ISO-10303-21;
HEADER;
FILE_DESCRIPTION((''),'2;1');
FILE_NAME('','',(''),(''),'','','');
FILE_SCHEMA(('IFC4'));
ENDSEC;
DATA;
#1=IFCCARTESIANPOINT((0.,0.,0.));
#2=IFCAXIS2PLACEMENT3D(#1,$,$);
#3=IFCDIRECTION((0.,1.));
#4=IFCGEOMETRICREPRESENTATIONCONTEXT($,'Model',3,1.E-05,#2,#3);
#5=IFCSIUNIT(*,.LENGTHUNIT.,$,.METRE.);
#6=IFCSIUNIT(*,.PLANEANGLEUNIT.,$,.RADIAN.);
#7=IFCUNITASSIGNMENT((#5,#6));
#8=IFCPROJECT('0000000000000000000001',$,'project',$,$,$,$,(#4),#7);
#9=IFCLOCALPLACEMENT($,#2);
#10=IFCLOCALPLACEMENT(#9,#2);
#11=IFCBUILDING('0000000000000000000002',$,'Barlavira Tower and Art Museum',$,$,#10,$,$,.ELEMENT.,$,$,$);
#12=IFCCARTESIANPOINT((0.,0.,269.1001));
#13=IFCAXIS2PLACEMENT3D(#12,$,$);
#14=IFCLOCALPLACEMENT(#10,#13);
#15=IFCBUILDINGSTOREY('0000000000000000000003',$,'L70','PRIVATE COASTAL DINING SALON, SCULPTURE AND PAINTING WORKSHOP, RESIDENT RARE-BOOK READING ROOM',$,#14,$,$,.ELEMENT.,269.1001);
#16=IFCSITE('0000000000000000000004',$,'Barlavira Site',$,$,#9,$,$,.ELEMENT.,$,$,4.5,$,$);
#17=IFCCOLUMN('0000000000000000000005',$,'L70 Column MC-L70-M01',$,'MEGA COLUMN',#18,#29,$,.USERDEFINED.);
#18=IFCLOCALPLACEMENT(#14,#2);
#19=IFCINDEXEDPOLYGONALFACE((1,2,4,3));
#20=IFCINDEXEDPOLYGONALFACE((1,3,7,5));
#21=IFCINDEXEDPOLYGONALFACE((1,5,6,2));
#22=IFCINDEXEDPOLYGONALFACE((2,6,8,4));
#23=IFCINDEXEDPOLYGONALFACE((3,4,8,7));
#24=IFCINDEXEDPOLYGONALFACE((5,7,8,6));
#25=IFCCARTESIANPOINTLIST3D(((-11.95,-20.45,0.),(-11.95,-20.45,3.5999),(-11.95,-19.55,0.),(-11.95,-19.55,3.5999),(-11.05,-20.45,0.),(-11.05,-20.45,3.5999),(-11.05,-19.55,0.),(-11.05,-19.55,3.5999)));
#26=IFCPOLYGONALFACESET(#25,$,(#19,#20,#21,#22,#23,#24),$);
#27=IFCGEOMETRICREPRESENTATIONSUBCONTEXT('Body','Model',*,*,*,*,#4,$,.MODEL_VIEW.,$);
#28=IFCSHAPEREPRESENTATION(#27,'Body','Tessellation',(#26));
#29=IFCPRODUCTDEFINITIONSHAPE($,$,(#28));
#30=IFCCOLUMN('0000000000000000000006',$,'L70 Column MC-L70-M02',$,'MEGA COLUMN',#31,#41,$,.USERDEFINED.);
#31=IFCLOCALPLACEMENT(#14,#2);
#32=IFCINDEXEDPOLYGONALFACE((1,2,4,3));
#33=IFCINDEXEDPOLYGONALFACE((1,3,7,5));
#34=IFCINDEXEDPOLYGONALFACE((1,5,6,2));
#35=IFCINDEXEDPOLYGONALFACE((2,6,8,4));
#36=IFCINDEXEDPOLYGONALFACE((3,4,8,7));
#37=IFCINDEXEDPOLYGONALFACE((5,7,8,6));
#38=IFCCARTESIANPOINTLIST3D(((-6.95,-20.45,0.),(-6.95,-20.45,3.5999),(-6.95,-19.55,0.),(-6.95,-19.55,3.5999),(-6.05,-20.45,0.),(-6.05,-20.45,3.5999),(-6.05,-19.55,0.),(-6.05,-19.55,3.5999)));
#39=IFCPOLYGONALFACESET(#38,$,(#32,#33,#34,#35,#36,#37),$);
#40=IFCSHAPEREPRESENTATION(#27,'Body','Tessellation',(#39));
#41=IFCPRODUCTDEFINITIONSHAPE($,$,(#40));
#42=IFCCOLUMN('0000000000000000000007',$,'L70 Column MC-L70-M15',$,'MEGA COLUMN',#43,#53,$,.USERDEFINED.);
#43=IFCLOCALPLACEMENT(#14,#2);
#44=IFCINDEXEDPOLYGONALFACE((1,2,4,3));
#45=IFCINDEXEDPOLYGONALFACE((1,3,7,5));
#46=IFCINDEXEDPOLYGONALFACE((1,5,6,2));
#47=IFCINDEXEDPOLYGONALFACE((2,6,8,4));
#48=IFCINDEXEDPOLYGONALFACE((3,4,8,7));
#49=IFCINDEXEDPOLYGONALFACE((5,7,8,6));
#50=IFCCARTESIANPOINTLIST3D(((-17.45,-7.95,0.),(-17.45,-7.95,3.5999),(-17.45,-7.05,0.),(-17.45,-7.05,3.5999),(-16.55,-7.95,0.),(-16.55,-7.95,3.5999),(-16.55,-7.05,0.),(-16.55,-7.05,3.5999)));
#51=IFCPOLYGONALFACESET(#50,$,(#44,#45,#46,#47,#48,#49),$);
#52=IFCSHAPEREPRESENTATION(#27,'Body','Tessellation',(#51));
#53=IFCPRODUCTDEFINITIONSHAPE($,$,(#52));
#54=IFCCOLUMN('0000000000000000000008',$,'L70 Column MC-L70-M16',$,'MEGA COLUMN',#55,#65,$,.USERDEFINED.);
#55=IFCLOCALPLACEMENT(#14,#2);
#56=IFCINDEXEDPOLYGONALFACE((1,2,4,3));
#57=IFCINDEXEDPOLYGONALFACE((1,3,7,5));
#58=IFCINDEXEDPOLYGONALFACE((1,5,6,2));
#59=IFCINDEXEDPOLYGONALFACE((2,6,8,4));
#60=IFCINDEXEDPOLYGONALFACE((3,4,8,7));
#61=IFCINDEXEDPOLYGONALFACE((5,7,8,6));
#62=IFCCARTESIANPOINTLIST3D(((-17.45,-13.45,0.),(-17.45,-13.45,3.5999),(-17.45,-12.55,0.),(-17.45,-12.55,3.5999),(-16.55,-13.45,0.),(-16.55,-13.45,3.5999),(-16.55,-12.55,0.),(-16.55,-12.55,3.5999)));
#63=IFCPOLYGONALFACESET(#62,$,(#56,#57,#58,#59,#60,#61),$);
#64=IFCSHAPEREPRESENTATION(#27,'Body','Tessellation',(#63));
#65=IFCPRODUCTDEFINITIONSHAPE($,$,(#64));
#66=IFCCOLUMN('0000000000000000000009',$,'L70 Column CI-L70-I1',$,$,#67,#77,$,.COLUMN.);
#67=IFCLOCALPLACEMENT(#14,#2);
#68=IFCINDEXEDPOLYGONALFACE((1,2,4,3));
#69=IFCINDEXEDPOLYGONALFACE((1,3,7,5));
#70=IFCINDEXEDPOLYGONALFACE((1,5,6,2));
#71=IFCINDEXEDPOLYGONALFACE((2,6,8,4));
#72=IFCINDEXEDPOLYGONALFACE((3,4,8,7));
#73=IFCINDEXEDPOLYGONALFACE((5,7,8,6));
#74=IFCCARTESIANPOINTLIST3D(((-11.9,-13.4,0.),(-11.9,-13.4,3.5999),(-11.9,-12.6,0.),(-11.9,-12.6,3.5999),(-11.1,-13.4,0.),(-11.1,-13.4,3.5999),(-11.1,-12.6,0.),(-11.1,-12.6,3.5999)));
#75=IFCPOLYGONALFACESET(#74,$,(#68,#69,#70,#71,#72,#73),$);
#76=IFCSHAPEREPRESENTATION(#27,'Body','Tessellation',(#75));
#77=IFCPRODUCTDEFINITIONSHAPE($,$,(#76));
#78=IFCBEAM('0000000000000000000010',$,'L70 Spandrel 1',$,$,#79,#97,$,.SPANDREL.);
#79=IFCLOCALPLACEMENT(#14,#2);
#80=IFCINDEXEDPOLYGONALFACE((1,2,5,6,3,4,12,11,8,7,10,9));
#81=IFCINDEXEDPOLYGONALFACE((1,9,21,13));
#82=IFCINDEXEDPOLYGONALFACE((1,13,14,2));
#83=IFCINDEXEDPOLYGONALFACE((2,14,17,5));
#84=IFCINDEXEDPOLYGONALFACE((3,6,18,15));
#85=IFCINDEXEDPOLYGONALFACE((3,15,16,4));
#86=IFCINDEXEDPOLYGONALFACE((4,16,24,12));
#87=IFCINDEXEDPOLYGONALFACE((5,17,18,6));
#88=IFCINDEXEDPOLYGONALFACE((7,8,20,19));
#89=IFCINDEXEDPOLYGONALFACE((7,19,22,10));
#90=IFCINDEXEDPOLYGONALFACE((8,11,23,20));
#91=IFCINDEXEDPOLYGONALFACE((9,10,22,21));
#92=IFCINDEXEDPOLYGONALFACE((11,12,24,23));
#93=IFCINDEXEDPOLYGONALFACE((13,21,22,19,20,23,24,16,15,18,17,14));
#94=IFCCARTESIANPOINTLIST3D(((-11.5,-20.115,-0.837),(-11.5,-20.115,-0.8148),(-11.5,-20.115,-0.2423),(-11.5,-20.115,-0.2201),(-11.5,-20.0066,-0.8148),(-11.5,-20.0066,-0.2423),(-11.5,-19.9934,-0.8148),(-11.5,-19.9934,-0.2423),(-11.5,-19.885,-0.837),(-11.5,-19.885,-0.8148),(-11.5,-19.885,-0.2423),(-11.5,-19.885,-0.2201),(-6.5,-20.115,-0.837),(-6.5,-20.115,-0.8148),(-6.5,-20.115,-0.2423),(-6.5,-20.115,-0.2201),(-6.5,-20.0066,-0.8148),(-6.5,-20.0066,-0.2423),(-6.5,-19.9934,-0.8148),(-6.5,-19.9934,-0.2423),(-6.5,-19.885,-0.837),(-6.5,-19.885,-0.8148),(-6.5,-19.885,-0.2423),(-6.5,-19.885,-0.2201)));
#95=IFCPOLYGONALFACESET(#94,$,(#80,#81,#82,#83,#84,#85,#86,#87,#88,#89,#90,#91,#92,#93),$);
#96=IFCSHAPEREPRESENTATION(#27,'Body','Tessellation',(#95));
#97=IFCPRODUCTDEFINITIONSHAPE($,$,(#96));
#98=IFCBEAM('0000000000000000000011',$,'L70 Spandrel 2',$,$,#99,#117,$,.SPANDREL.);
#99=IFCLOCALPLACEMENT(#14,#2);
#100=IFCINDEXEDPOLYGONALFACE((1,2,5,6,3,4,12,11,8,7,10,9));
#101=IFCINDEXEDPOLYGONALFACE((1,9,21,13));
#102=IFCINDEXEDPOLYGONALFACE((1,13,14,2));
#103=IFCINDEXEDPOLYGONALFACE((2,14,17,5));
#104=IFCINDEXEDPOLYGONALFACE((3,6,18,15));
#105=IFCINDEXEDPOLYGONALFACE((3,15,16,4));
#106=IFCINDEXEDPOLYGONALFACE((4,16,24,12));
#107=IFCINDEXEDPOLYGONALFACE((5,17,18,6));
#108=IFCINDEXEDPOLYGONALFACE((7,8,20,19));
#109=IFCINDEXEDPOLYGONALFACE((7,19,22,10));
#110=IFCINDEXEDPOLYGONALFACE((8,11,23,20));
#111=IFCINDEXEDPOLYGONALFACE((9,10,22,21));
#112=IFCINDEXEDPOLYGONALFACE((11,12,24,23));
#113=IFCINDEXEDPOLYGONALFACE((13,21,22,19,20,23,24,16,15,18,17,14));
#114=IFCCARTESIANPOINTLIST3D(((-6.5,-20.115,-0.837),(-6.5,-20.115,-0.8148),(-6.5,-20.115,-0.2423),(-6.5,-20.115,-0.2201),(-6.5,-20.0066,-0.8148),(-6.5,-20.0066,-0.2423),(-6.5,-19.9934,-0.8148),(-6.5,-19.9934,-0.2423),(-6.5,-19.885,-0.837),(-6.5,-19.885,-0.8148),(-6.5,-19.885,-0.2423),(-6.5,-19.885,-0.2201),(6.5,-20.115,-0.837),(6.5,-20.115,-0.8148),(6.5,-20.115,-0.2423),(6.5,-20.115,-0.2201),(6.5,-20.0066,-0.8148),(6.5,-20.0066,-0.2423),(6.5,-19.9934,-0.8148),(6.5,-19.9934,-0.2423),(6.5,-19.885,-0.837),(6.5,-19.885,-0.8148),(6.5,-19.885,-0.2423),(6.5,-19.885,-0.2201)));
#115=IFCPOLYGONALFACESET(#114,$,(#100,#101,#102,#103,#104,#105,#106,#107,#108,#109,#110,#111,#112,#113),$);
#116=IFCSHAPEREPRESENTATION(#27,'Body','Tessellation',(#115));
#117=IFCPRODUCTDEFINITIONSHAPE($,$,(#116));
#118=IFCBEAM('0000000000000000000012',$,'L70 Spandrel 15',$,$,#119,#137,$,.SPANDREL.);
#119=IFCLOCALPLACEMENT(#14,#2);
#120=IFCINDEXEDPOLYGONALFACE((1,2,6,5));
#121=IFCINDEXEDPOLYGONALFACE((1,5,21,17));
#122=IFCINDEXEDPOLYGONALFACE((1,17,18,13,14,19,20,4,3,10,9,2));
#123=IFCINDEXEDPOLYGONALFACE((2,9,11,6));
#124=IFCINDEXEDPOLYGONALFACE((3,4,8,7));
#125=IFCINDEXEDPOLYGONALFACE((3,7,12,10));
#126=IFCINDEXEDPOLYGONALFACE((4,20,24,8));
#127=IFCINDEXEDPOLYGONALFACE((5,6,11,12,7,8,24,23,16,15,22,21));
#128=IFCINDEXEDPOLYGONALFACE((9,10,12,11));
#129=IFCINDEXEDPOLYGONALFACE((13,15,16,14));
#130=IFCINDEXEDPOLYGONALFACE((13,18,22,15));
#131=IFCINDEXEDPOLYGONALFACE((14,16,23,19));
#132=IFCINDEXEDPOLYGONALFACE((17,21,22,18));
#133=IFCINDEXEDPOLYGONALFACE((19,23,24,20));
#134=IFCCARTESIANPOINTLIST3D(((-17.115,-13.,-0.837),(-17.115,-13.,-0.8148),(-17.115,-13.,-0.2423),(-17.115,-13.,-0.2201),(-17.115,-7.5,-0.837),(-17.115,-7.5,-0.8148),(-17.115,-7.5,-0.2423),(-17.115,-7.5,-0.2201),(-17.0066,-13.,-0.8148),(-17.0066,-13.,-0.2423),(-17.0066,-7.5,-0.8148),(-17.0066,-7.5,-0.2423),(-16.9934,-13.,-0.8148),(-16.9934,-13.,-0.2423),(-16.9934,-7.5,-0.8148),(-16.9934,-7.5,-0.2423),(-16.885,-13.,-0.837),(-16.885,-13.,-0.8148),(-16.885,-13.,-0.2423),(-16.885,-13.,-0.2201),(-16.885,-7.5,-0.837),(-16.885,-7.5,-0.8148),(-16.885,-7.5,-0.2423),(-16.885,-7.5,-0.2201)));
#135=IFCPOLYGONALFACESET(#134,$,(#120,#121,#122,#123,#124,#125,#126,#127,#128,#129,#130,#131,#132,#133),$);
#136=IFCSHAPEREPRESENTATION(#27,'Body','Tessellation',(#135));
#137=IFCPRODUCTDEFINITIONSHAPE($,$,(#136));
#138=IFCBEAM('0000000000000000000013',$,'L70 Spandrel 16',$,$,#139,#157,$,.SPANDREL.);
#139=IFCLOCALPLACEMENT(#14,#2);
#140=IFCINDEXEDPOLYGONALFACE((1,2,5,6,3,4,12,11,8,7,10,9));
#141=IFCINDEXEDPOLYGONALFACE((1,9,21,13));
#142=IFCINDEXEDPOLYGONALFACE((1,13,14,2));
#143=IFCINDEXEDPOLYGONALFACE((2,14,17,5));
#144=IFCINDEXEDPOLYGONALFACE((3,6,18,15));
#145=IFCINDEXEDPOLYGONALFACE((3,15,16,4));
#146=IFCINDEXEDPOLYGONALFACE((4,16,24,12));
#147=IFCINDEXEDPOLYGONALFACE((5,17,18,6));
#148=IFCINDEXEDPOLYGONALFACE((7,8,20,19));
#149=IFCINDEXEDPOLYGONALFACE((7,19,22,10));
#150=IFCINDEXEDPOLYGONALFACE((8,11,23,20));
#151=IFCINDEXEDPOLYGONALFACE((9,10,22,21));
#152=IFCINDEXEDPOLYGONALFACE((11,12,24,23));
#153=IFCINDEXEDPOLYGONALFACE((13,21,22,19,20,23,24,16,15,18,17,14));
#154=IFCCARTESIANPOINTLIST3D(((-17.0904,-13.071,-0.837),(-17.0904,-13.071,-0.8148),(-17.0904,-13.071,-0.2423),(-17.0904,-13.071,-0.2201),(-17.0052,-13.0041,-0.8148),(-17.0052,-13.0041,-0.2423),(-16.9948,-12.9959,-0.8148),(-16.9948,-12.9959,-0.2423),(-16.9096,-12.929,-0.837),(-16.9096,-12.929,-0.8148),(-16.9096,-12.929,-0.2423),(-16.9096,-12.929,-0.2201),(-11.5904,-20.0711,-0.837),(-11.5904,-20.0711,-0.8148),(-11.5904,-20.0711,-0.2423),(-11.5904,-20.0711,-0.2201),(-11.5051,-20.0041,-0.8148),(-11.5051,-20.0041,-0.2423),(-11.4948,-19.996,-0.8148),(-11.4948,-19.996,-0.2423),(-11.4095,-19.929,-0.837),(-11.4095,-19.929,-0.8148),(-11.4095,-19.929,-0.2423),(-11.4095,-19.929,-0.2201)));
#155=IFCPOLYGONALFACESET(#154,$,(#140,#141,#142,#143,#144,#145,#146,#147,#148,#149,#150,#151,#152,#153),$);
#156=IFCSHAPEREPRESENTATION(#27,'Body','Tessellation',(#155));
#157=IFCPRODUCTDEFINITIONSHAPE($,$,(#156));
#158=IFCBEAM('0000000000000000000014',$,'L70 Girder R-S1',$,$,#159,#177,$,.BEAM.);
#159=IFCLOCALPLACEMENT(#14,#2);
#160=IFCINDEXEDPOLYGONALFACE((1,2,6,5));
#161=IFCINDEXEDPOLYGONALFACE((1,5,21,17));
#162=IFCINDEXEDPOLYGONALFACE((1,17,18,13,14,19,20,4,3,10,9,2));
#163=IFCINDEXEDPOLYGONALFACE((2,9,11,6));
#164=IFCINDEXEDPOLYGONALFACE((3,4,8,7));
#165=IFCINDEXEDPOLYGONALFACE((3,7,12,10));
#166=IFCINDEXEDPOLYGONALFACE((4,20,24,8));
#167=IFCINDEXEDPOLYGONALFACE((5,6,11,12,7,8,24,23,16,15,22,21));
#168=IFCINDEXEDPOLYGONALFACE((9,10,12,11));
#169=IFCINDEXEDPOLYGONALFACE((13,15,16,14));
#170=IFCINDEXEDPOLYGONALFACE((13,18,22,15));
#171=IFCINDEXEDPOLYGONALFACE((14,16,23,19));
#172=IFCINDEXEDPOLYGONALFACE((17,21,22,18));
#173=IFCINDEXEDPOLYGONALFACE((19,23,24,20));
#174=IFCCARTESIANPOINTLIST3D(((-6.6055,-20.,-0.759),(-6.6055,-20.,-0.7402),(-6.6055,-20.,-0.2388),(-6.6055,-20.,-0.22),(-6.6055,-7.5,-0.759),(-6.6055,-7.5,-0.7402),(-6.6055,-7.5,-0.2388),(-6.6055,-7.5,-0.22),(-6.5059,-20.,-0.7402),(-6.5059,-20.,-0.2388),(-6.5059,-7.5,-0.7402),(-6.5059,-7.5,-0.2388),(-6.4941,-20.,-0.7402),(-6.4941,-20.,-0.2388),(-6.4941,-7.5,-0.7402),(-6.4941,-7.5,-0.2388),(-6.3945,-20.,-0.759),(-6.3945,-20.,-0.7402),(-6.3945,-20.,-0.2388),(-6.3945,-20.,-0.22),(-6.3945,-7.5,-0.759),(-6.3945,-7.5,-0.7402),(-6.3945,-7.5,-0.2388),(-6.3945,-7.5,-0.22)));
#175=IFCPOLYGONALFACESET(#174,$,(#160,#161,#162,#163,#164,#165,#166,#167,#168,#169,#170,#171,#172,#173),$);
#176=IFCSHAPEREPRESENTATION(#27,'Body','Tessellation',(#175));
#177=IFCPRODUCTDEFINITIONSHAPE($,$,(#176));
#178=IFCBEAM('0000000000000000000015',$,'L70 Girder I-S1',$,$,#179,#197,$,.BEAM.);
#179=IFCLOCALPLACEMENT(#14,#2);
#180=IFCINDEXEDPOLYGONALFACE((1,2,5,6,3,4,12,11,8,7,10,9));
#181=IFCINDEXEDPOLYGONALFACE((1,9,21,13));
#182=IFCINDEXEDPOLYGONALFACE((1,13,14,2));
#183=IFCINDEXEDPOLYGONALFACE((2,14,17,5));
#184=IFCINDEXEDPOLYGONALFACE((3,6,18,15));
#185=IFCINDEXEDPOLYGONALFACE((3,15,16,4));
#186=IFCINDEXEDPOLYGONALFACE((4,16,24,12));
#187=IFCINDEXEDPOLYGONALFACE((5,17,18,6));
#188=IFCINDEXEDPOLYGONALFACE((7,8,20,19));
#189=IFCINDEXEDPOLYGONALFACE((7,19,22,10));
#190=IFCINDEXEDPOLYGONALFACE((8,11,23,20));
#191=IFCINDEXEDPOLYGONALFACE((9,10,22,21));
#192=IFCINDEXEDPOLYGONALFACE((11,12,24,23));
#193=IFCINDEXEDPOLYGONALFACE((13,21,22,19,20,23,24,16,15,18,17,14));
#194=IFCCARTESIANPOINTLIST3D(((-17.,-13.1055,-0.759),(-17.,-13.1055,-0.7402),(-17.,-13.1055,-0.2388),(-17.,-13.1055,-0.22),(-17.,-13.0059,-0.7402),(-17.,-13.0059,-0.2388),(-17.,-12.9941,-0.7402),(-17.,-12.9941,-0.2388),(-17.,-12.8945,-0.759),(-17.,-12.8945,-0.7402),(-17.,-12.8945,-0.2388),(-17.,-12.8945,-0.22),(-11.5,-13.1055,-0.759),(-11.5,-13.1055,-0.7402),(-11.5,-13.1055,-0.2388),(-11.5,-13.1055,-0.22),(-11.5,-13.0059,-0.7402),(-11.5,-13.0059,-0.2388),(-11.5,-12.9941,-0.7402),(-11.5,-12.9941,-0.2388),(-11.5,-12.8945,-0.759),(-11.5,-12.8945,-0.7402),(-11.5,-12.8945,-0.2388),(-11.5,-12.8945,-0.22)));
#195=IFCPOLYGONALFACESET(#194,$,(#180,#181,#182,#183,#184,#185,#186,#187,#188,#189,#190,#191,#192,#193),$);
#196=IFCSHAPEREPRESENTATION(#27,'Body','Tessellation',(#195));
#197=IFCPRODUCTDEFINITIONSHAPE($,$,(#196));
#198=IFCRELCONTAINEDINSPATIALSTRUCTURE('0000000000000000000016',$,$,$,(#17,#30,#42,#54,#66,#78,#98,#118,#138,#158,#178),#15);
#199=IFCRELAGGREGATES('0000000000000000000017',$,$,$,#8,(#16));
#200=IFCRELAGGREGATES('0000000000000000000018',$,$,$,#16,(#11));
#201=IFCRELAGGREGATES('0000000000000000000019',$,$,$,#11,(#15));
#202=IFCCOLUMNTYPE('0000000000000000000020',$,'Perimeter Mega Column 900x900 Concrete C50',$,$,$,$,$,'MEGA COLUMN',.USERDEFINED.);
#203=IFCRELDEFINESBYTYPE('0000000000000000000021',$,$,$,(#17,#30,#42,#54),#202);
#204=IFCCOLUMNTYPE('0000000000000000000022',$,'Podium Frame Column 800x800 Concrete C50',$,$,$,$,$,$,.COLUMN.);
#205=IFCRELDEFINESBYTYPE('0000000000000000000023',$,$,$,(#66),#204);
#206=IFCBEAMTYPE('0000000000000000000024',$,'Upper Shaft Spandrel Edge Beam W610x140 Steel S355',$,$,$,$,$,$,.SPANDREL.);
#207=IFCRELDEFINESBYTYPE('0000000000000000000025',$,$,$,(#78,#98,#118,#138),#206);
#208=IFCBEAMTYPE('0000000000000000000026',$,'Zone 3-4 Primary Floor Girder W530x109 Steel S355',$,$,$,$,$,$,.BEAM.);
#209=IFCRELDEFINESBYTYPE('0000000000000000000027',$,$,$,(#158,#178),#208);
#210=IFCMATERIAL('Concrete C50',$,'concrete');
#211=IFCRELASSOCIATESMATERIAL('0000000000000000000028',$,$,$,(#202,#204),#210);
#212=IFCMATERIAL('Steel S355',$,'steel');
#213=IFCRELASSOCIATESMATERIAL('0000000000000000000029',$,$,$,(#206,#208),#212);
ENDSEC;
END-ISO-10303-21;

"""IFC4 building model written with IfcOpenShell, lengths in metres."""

from ifc_helpers import new_model, si_unit, direction, frame, origin, origin_2d, place, context, subcontext, project, spatial, rectangle, i_section, extrude, material, material_profile, profile_set, type_object, element, save


model = new_model("IFC4")

# Units and contexts
model_context = context("Model", 3, precision=1e-05, world=origin(), true_north=direction((0.0, 1.0)))
body_context = subcontext(model_context, "Body", "Model", "MODEL_VIEW")
ifc_project = project(units=[si_unit("LENGTHUNIT", "METRE"), si_unit("PLANEANGLEUNIT", "RADIAN")], contexts=[model_context])

# Site, building, storey
site_placement = place(None, origin())
site = spatial("IfcSite", under=ifc_project, at=site_placement, Name="Barlavira Site", CompositionType="ELEMENT", RefElevation=4.5)
building_placement = place(site_placement, origin())
building = spatial("IfcBuilding", under=site, at=building_placement, Name="Barlavira Tower and Art Museum", CompositionType="ELEMENT")
storey_placement = place(building_placement, frame((0.0, 0.0, 269.1001)))
storey = spatial("IfcBuildingStorey", under=building, at=storey_placement, Name="L70", Description="PRIVATE COASTAL DINING SALON, SCULPTURE AND PAINTING WORKSHOP, RESIDENT RARE-BOOK READING ROOM", CompositionType="ELEMENT", Elevation=269.1001)

# Columns
ifc_material_1 = material(Name="Concrete C50", Category="concrete")
ifc_material_profile_1 = material_profile(ifc_material_1, rectangle(XDim=0.8999, YDim=0.8999, at=origin_2d()), Name="RC-COL 900x900")
ifc_profile_set_1 = profile_set([ifc_material_profile_1], Name="Concrete C50")
column_type_1 = type_object("IfcColumnType", Name="Perimeter Mega Column 900x900 Concrete C50", ElementType="MEGA COLUMN", PredefinedType="USERDEFINED", material=ifc_profile_set_1)
for number, where, z_axis, x_axis, name in (
    (1, (-11.5, -20.0, 0.0), (0.0, 0.0, 1.0), (1.0, 0.0, 0.0), "L70 Column MC-L70-M01"),
    (2, (-6.5, -20.0, 0.0), (0.0, 0.0, 1.0), (1.0, 0.0, 0.0), "L70 Column MC-L70-M02"),
    (3, (-17.0, -7.5, 0.0), (0.0, 0.0, 1.0), (1.0, 0.0, 0.0), "L70 Column MC-L70-M15"),
    (4, (-17.0, -13.0, 0.0), (0.0, 0.0, 1.0), (1.0, 0.0, 0.0), "L70 Column MC-L70-M16"),
):
    element("IfcColumn", number, at=place(storey_placement, frame(where, z_axis=z_axis, x_axis=x_axis)), inside=storey, type_object=column_type_1, Name=name, ObjectType="MEGA COLUMN", PredefinedType="USERDEFINED", context=body_context, shape_type="SweptSolid", body=[
        extrude(rectangle(XDim=0.8999, YDim=0.8999, at=origin_2d()), origin(), (0.0, 0.0, 1.0), 3.5999),
    ])
ifc_material_profile_2 = material_profile(ifc_material_1, rectangle(XDim=0.8, YDim=0.8, at=origin_2d()), Name="RC-COL 800x800")
ifc_profile_set_2 = profile_set([ifc_material_profile_2], Name="Concrete C50")
column_type_2 = type_object("IfcColumnType", Name="Podium Frame Column 800x800 Concrete C50", PredefinedType="COLUMN", material=ifc_profile_set_2)
column_placement = place(storey_placement, frame((-11.5, -13.0, 0.0), z_axis=(0.0, 0.0, 1.0), x_axis=(1.0, 0.0, 0.0)))
element("IfcColumn", 5, at=column_placement, inside=storey, type_object=column_type_2, Name="L70 Column CI-L70-I1", PredefinedType="COLUMN", context=body_context, shape_type="SweptSolid", body=[
    extrude(rectangle(XDim=0.8, YDim=0.8, at=origin_2d()), origin(), (0.0, 0.0, 1.0), 3.5999),
])

# Beams
ifc_material_2 = material(Name="Steel S355", Category="steel")
ifc_material_profile_3 = material_profile(ifc_material_2, i_section(OverallWidth=0.23, OverallDepth=0.6169, WebThickness=0.0132, FlangeThickness=0.0222, at=origin_2d()), Name="W610x140.0")
ifc_profile_set_3 = profile_set([ifc_material_profile_3], Name="Steel S355")
beam_type_1 = type_object("IfcBeamType", Name="Upper Shaft Spandrel Edge Beam W610x140 Steel S355", PredefinedType="SPANDREL", material=ifc_profile_set_3)
beam_1_placement = place(storey_placement, frame((-11.5, -20.0, -0.5286), z_axis=(1.0, 0.0, 0.0), x_axis=(0.0, 1.0, 0.0)))
element("IfcBeam", 6, at=beam_1_placement, inside=storey, type_object=beam_type_1, Name="L70 Spandrel 1", PredefinedType="SPANDREL", context=body_context, shape_type="SweptSolid", body=[
    extrude(i_section(OverallWidth=0.23, OverallDepth=0.6169, WebThickness=0.0132, FlangeThickness=0.0222, at=origin_2d()), origin(), (0.0, 0.0, 1.0), 5.0),
])
beam_2_placement = place(storey_placement, frame((-6.5, -20.0, -0.5286), z_axis=(1.0, 0.0, 0.0), x_axis=(0.0, 1.0, 0.0)))
element("IfcBeam", 7, at=beam_2_placement, inside=storey, type_object=beam_type_1, Name="L70 Spandrel 2", PredefinedType="SPANDREL", context=body_context, shape_type="SweptSolid", body=[
    extrude(i_section(OverallWidth=0.23, OverallDepth=0.6169, WebThickness=0.0132, FlangeThickness=0.0222, at=origin_2d()), origin(), (0.0, 0.0, 1.0), 13.0),
])
beam_3_placement = place(storey_placement, frame((-17.0, -13.0, -0.5286), z_axis=(0.0, 1.0, 0.0), x_axis=(-1.0, 0.0, 0.0)))
element("IfcBeam", 8, at=beam_3_placement, inside=storey, type_object=beam_type_1, Name="L70 Spandrel 15", PredefinedType="SPANDREL", context=body_context, shape_type="SweptSolid", body=[
    extrude(i_section(OverallWidth=0.23, OverallDepth=0.6169, WebThickness=0.0132, FlangeThickness=0.0222, at=origin_2d()), origin(), (0.0, 0.0, 1.0), 5.5),
])
beam_4_placement = place(storey_placement, frame((-17.0, -13.0, -0.5286), z_axis=(0.617822, -0.786318, 0.0), x_axis=(0.786318, 0.617822, 0.0)))
element("IfcBeam", 9, at=beam_4_placement, inside=storey, type_object=beam_type_1, Name="L70 Spandrel 16", PredefinedType="SPANDREL", context=body_context, shape_type="SweptSolid", body=[
    extrude(i_section(OverallWidth=0.23, OverallDepth=0.6169, WebThickness=0.0132, FlangeThickness=0.0222, at=origin_2d()), origin(), (0.0, 0.0, 1.0), 8.9023),
])
ifc_material_profile_4 = material_profile(ifc_material_2, i_section(OverallWidth=0.2109, OverallDepth=0.5391, WebThickness=0.0117, FlangeThickness=0.0188, at=origin_2d()), Name="W530x109.0")
ifc_profile_set_4 = profile_set([ifc_material_profile_4], Name="Steel S355")
beam_type_2 = type_object("IfcBeamType", Name="Zone 3-4 Primary Floor Girder W530x109 Steel S355", PredefinedType="BEAM", material=ifc_profile_set_4)
beam_5_placement = place(storey_placement, frame((-6.5, -20.0, -0.4895), z_axis=(0.0, 1.0, 0.0), x_axis=(-1.0, 0.0, 0.0)))
element("IfcBeam", 10, at=beam_5_placement, inside=storey, type_object=beam_type_2, Name="L70 Girder R-S1", PredefinedType="BEAM", context=body_context, shape_type="SweptSolid", body=[
    extrude(i_section(OverallWidth=0.2109, OverallDepth=0.5391, WebThickness=0.0117, FlangeThickness=0.0188, at=origin_2d()), origin(), (0.0, 0.0, 1.0), 12.5),
])
beam_6_placement = place(storey_placement, frame((-17.0, -13.0, -0.4895), z_axis=(1.0, 0.0, 0.0), x_axis=(0.0, 1.0, 0.0)))
element("IfcBeam", 11, at=beam_6_placement, inside=storey, type_object=beam_type_2, Name="L70 Girder I-S1", PredefinedType="BEAM", context=body_context, shape_type="SweptSolid", body=[
    extrude(i_section(OverallWidth=0.2109, OverallDepth=0.5391, WebThickness=0.0117, FlangeThickness=0.0188, at=origin_2d()), origin(), (0.0, 0.0, 1.0), 5.5),
])

save(model, "model.ifc")
